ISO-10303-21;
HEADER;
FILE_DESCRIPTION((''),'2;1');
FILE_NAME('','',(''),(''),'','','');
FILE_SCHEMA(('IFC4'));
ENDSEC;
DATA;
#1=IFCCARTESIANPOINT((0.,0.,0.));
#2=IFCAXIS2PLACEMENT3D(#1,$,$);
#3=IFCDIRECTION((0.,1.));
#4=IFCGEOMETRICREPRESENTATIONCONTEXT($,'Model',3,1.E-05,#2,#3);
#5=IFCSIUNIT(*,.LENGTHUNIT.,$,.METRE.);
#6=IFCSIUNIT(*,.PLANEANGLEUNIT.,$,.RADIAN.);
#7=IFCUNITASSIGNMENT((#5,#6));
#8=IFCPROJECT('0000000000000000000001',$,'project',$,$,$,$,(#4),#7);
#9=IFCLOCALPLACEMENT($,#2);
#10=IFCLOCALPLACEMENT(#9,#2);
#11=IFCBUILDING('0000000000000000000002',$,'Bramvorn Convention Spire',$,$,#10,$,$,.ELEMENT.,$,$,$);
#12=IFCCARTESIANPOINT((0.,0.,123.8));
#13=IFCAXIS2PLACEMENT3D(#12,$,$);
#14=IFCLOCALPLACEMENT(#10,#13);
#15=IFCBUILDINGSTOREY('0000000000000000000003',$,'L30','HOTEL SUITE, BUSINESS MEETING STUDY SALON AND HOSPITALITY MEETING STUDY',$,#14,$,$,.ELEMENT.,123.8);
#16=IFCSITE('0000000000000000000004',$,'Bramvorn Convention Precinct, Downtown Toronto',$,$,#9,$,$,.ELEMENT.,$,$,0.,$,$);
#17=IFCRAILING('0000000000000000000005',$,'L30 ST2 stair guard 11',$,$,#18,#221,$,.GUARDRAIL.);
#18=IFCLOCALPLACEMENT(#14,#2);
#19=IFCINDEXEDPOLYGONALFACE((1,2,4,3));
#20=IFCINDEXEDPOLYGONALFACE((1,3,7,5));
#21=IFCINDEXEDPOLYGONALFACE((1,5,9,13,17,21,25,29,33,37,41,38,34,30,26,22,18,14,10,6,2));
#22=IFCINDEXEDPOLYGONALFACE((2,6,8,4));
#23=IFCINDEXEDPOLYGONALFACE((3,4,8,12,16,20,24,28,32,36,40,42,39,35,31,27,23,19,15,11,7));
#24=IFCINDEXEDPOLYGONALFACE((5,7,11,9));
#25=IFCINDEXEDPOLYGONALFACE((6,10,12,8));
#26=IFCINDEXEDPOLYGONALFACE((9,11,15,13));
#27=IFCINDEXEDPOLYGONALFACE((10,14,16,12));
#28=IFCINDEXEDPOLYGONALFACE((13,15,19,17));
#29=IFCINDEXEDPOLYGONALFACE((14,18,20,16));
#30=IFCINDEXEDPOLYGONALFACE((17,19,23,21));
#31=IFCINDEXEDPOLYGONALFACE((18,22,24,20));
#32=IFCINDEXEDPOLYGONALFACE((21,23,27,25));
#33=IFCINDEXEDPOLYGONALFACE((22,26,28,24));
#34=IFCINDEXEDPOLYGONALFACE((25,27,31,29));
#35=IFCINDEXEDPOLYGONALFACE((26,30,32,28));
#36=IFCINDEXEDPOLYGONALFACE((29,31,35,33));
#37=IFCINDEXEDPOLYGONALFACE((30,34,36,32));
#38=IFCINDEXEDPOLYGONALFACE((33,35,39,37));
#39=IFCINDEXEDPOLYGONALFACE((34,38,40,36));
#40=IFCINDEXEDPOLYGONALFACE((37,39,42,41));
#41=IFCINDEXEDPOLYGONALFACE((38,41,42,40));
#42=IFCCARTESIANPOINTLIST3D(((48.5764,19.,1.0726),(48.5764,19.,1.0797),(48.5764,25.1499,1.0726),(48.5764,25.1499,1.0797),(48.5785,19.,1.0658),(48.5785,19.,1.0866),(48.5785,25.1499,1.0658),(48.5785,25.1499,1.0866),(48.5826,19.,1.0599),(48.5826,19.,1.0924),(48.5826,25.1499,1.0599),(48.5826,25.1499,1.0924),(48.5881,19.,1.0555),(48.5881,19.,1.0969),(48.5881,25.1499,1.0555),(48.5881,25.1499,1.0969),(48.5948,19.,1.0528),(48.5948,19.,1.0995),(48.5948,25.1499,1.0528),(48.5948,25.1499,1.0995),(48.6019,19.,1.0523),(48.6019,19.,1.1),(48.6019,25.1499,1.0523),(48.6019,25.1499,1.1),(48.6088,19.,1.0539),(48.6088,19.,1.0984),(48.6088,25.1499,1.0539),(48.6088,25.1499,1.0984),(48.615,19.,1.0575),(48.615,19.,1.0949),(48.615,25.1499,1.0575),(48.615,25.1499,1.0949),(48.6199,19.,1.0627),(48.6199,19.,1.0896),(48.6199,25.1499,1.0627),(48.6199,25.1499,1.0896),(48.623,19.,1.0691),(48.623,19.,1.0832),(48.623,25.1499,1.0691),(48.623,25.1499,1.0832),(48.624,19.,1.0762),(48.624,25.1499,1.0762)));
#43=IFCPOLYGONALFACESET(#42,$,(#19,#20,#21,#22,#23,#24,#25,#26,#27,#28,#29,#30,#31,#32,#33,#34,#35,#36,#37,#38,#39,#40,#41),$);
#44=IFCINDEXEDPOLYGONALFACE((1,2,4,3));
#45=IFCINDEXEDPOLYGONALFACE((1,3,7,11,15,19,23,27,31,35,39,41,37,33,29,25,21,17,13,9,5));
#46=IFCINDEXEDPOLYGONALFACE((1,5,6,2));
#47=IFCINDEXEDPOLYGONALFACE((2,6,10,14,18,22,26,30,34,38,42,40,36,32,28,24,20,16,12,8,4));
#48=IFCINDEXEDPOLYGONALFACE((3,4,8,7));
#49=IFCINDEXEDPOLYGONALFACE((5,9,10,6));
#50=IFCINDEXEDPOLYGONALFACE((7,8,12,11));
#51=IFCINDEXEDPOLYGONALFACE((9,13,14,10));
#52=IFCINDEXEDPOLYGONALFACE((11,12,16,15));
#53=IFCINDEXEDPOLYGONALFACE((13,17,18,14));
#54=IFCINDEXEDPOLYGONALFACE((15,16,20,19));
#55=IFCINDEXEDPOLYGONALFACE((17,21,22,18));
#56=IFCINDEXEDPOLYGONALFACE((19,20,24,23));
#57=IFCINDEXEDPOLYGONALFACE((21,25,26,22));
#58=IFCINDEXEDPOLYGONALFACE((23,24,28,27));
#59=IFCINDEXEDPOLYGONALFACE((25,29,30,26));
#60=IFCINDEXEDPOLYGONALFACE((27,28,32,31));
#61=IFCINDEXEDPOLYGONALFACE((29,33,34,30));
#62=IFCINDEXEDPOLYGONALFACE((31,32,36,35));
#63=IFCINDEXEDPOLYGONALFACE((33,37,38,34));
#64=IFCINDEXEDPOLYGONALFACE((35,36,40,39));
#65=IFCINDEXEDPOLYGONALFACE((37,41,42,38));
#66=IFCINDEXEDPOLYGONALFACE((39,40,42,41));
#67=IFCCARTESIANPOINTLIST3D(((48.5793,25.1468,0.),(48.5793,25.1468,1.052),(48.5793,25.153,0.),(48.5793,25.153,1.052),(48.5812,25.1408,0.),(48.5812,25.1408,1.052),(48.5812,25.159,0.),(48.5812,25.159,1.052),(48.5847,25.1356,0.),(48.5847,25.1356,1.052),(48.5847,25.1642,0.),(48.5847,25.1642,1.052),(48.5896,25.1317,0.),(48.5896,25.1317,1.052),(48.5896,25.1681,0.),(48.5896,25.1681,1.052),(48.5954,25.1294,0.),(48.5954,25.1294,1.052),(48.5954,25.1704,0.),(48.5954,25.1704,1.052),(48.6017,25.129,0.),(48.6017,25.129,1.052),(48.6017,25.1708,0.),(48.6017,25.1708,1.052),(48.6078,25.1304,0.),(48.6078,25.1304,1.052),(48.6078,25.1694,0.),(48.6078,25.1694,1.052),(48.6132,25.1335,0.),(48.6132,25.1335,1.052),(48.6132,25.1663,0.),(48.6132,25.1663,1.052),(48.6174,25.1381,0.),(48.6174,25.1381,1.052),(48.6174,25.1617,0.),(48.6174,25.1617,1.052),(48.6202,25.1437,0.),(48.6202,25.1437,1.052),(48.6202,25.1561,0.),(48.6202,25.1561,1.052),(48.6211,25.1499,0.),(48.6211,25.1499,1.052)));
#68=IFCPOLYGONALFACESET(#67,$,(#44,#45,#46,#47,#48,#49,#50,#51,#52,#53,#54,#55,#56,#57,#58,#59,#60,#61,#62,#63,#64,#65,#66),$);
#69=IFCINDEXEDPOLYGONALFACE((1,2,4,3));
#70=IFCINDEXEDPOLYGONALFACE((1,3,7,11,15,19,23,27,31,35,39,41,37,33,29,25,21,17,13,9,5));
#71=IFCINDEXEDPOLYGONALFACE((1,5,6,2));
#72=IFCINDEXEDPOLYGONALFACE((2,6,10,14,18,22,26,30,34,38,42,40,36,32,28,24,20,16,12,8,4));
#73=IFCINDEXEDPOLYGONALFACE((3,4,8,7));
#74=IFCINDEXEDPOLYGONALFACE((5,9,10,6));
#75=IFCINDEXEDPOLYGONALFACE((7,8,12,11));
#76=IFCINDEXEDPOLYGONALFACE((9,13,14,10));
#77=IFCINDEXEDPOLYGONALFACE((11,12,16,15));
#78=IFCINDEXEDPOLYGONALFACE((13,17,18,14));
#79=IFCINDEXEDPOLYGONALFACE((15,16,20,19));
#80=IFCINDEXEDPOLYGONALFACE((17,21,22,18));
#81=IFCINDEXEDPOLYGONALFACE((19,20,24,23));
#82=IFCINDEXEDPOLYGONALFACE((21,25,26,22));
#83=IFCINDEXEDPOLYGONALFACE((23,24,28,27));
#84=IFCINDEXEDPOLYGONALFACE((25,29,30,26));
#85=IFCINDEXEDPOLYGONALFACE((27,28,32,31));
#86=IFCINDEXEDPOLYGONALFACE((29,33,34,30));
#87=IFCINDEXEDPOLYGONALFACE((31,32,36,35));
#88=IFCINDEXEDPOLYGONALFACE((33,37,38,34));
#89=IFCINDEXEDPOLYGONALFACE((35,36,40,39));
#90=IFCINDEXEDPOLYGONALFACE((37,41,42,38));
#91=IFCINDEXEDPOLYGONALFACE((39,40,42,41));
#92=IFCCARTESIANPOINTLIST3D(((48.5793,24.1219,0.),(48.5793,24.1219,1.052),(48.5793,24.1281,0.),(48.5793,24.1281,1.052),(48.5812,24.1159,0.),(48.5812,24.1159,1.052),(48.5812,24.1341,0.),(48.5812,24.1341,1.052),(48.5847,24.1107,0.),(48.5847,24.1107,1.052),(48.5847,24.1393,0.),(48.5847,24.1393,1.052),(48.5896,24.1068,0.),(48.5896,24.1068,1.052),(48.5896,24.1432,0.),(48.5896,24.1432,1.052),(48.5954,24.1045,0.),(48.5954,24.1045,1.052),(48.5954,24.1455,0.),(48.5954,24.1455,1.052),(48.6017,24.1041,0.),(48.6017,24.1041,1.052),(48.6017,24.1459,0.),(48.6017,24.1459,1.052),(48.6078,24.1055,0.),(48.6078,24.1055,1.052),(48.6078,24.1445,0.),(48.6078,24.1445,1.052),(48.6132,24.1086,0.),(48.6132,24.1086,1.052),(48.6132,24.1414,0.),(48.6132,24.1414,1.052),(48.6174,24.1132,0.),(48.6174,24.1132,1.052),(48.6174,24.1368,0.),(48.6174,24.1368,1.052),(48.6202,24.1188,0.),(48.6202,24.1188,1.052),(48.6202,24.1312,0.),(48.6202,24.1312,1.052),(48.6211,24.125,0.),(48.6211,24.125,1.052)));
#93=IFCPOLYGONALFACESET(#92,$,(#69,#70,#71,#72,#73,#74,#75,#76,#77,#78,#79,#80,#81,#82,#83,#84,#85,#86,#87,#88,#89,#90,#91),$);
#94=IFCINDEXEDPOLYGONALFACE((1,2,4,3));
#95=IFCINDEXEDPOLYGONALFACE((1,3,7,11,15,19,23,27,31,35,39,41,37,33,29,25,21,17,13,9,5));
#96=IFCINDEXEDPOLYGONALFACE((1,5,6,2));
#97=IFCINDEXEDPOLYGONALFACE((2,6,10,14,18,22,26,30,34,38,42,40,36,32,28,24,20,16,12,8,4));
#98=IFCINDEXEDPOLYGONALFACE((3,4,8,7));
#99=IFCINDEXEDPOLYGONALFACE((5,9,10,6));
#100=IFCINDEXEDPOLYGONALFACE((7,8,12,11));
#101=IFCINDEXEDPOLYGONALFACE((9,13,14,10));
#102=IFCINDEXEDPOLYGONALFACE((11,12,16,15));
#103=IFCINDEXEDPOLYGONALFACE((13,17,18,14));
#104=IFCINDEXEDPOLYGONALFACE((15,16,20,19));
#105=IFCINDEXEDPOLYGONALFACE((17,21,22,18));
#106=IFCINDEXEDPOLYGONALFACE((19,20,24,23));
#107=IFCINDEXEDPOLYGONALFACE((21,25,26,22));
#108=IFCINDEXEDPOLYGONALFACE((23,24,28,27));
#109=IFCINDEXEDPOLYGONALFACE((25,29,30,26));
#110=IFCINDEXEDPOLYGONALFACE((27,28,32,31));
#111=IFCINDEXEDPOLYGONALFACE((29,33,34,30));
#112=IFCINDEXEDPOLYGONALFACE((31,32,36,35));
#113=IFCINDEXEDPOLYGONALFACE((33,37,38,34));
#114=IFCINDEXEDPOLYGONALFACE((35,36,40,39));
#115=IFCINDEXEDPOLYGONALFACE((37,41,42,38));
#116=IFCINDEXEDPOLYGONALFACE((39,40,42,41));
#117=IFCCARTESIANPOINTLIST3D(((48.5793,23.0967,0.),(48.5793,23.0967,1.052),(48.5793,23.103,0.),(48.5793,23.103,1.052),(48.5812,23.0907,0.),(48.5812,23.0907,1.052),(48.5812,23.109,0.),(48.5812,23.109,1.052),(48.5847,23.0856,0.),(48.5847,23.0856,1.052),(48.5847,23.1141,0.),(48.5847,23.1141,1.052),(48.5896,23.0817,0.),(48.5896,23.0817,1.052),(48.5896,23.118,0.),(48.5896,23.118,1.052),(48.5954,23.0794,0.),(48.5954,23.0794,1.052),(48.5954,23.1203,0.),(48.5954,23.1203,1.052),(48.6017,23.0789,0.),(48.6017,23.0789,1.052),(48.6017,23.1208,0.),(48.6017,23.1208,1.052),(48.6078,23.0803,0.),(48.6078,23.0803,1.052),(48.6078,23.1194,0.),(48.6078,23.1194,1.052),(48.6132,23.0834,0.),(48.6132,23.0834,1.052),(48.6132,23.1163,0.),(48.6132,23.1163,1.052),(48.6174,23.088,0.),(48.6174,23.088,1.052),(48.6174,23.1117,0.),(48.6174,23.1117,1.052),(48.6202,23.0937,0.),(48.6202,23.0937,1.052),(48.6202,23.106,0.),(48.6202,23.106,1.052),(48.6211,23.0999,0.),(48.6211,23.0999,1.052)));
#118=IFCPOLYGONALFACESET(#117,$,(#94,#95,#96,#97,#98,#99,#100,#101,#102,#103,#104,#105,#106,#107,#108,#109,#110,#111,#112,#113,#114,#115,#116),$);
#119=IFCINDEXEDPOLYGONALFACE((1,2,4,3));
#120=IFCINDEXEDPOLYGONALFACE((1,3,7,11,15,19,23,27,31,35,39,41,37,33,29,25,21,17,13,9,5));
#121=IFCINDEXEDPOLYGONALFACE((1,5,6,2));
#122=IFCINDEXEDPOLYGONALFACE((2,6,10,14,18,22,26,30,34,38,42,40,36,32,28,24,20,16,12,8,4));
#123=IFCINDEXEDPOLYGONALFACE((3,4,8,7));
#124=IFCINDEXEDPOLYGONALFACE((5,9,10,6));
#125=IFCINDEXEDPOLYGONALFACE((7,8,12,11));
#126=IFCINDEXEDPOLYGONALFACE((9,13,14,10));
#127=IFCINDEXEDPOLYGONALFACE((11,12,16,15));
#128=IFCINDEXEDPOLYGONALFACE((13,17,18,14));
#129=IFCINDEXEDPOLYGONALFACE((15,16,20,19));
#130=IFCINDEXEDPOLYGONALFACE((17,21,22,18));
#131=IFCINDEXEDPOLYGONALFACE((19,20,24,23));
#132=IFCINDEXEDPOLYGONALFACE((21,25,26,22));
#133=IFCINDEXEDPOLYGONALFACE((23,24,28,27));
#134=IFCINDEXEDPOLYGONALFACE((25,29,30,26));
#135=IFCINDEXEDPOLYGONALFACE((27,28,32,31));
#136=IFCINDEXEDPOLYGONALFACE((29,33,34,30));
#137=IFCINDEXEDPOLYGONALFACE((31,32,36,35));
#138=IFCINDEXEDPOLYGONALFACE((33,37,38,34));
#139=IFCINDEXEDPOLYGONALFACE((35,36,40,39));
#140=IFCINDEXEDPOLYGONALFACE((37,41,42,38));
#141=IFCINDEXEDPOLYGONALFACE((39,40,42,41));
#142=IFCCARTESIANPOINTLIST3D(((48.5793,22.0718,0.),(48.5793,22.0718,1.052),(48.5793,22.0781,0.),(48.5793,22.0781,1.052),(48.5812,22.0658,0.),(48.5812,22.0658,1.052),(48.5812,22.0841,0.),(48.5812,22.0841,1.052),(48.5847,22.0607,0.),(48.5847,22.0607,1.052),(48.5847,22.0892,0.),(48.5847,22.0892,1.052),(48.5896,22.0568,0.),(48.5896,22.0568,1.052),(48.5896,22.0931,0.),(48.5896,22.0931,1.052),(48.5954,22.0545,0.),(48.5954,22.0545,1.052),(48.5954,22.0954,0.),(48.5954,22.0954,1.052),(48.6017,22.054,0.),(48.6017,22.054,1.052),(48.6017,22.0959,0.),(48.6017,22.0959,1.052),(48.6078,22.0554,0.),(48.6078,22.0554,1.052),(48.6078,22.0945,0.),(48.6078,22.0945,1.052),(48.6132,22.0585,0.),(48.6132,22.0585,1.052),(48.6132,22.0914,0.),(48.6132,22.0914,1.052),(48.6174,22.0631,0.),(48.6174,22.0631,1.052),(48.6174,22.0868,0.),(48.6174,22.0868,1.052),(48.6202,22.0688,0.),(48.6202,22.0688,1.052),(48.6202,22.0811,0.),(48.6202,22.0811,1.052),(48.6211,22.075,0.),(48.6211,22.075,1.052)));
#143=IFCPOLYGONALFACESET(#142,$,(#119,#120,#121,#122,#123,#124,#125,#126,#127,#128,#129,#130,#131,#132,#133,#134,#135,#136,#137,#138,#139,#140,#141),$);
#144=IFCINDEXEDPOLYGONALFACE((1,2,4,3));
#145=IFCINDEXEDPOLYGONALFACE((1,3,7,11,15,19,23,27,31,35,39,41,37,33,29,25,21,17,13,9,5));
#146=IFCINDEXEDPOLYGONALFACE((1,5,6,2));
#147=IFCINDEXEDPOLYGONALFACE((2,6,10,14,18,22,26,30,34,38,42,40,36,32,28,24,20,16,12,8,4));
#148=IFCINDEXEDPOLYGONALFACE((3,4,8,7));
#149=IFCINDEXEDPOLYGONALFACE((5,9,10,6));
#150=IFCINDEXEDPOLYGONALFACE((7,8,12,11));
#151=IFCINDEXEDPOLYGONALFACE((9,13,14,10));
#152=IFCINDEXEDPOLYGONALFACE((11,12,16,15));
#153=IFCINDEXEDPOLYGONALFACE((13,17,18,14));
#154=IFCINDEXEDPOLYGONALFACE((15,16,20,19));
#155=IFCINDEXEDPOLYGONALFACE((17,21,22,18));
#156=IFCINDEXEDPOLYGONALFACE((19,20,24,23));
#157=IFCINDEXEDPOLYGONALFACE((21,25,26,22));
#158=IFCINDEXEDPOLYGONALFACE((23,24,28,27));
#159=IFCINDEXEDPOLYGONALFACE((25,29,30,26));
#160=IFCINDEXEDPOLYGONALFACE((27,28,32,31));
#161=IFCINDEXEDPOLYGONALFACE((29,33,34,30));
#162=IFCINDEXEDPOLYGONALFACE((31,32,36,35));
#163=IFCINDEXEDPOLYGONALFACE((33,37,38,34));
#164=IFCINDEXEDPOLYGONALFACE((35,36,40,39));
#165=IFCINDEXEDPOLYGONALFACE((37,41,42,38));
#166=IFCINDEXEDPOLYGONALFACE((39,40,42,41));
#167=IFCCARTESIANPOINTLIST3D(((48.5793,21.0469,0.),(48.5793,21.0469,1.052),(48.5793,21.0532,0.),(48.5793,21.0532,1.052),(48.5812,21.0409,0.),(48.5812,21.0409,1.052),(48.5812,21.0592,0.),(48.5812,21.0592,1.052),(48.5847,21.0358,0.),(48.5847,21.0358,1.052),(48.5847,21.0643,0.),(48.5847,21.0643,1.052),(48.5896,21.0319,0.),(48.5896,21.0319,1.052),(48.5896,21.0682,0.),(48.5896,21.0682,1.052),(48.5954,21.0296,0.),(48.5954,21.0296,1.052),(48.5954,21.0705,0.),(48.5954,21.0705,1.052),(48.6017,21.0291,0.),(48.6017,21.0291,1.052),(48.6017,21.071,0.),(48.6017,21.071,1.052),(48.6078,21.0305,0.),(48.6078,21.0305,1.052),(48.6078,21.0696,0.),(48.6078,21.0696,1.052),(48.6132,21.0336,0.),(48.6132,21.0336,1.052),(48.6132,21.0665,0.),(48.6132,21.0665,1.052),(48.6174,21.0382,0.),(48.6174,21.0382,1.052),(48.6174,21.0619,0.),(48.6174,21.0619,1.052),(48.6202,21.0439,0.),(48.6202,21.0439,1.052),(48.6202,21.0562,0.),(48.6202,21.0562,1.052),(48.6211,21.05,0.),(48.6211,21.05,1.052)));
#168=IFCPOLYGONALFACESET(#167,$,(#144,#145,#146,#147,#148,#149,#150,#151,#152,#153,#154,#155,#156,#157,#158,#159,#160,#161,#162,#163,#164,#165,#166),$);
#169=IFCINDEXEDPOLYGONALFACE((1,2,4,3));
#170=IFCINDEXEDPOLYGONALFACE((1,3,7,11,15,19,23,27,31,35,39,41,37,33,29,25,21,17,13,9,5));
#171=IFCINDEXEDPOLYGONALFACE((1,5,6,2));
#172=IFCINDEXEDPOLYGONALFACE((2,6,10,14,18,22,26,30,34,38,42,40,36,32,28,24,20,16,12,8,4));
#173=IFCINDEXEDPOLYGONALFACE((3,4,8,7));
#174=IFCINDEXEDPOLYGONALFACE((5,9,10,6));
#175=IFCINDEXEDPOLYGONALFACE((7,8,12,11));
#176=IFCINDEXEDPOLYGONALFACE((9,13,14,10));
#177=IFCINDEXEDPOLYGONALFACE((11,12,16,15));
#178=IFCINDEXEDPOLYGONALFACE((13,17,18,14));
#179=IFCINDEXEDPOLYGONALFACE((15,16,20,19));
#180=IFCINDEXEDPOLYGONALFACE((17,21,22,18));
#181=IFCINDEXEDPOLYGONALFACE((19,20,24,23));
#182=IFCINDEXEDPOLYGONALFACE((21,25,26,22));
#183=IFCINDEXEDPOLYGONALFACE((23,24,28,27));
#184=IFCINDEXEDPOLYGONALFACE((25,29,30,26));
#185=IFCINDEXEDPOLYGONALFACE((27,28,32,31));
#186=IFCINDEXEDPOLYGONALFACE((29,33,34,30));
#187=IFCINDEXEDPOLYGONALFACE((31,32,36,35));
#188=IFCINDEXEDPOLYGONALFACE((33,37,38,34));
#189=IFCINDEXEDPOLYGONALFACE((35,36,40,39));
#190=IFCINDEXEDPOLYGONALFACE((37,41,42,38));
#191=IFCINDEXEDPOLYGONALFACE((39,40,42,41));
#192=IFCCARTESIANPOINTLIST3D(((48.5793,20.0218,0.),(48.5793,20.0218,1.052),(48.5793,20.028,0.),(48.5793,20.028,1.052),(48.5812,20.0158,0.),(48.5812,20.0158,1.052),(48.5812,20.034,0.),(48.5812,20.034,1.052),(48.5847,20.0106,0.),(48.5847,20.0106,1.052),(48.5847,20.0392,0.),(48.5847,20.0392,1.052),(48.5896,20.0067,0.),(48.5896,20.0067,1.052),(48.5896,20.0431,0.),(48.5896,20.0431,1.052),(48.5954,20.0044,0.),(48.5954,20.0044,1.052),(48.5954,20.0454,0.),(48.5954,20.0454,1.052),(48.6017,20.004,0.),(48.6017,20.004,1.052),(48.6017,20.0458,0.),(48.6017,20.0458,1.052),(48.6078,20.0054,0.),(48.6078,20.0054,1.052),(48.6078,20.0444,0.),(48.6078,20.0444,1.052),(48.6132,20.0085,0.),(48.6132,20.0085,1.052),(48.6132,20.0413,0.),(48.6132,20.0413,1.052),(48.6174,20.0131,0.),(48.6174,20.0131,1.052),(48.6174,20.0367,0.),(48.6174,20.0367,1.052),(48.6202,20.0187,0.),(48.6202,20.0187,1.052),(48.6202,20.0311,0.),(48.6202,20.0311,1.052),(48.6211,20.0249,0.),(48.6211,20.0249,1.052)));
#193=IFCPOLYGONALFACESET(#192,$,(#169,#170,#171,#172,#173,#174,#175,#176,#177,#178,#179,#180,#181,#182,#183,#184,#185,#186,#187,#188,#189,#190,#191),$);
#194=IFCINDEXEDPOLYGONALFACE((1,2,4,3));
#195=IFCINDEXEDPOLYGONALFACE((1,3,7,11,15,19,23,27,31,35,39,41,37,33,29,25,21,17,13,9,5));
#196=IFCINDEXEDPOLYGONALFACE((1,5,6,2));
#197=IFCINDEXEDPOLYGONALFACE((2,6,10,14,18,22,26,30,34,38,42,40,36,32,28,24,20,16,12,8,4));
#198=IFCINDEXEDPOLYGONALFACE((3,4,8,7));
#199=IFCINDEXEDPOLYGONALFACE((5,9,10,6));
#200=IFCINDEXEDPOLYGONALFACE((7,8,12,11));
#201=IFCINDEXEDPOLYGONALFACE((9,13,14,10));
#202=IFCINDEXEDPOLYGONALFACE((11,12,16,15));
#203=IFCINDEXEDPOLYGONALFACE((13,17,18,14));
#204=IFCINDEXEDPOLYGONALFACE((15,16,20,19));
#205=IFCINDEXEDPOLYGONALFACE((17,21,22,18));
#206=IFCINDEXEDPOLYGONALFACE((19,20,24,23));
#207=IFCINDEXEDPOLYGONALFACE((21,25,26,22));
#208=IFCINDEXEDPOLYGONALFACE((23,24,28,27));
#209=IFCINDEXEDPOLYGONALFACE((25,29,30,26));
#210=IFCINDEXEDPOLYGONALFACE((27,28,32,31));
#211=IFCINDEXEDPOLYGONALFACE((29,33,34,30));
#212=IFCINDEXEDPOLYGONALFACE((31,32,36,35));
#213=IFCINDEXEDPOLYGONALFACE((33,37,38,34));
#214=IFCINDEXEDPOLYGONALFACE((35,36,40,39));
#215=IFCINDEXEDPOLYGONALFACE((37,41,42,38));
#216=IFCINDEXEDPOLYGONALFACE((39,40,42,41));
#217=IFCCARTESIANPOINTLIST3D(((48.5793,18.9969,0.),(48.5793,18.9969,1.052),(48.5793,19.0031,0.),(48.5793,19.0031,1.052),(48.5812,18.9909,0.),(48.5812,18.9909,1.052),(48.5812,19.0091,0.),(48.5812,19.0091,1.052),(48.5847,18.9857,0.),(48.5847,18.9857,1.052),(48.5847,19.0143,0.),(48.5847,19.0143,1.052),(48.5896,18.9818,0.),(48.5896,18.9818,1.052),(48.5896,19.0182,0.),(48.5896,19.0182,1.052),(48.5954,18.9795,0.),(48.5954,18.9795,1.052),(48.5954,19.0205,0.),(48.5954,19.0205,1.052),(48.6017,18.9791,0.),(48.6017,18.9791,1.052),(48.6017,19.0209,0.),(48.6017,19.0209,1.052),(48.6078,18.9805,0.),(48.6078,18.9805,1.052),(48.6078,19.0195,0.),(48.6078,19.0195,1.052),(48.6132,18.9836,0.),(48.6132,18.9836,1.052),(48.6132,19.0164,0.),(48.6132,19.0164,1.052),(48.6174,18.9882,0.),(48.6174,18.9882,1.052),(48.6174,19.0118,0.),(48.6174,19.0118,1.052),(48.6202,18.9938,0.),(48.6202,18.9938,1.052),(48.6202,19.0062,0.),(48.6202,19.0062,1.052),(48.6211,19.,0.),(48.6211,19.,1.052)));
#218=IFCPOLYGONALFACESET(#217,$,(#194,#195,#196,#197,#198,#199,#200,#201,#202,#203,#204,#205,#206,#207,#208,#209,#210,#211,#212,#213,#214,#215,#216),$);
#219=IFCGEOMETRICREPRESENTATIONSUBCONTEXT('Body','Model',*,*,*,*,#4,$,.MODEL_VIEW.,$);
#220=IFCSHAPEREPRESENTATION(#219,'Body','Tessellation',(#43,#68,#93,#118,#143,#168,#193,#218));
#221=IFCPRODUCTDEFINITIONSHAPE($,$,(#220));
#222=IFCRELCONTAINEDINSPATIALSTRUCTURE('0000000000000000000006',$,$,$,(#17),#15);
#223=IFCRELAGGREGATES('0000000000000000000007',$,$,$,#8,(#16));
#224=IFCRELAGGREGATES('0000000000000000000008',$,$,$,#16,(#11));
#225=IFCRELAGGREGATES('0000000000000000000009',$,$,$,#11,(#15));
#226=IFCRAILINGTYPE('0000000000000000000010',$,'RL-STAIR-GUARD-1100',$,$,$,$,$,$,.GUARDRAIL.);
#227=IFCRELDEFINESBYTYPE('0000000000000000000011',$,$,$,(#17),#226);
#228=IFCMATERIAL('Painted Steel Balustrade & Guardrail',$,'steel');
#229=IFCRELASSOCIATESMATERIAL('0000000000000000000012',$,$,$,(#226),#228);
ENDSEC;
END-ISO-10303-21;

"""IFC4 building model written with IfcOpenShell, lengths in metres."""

from ifc_helpers import new_model, si_unit, direction, frame, origin, origin_2d, place, context, subcontext, project, spatial, circle, extrude, material, type_object, element, save


model = new_model("IFC4")

# Units and contexts
model_context = context("Model", 3, precision=1e-05, world=origin(), true_north=direction((0.0, 1.0)))
body_context = subcontext(model_context, "Body", "Model", "MODEL_VIEW")
ifc_project = project(units=[si_unit("LENGTHUNIT", "METRE"), si_unit("PLANEANGLEUNIT", "RADIAN")], contexts=[model_context])

# Site, building, storey
site_placement = place(None, origin())
site = spatial("IfcSite", under=ifc_project, at=site_placement, Name="Bramvorn Convention Precinct, Downtown Toronto", CompositionType="ELEMENT", RefElevation=0.0)
building_placement = place(site_placement, origin())
building = spatial("IfcBuilding", under=site, at=building_placement, Name="Bramvorn Convention Spire", CompositionType="ELEMENT")
storey_placement = place(building_placement, frame((0.0, 0.0, 123.8)))
storey = spatial("IfcBuildingStorey", under=building, at=storey_placement, Name="L30", Description="HOTEL SUITE, BUSINESS MEETING STUDY SALON AND HOSPITALITY MEETING STUDY", CompositionType="ELEMENT", Elevation=123.8)

# Railing
ifc_material_1 = material(Name="Painted Steel Balustrade & Guardrail", Category="steel")
railing_type_1 = type_object("IfcRailingType", Name="RL-STAIR-GUARD-1100", PredefinedType="GUARDRAIL", material=ifc_material_1)
railing_1_placement = place(storey_placement, frame((48.6001, 25.1499, 0.0)))
element("IfcRailing", 1, at=railing_1_placement, inside=storey, type_object=railing_type_1, Name="L30 ST2 stair guard 11", PredefinedType="GUARDRAIL", context=body_context, shape_type="SweptSolid", body=[
    extrude(circle(Radius=0.0239, at=origin_2d()), frame((0.0, 0.0, 1.0762), z_axis=(0.0, -1.0, 0.0), x_axis=(1.0, 0.0, 0.0)), (0.0, 0.0, 1.0), 6.1499),
    extrude(circle(Radius=0.021, at=origin_2d()), origin(), (0.0, 0.0, 1.0), 1.052),
    extrude(circle(Radius=0.021, at=origin_2d()), frame((0.0, -1.0249, 0.0)), (0.0, 0.0, 1.0), 1.052),
    extrude(circle(Radius=0.021, at=origin_2d()), frame((0.0, -2.05, 0.0)), (0.0, 0.0, 1.0), 1.052),
    extrude(circle(Radius=0.021, at=origin_2d()), frame((0.0, -3.075, 0.0)), (0.0, 0.0, 1.0), 1.052),
    extrude(circle(Radius=0.021, at=origin_2d()), frame((0.0, -4.0999, 0.0)), (0.0, 0.0, 1.0), 1.052),
    extrude(circle(Radius=0.021, at=origin_2d()), frame((0.0, -5.125, 0.0)), (0.0, 0.0, 1.0), 1.052),
    extrude(circle(Radius=0.021, at=origin_2d()), frame((0.0, -6.1499, 0.0)), (0.0, 0.0, 1.0), 1.052),
])

save(model, "model.ifc")
